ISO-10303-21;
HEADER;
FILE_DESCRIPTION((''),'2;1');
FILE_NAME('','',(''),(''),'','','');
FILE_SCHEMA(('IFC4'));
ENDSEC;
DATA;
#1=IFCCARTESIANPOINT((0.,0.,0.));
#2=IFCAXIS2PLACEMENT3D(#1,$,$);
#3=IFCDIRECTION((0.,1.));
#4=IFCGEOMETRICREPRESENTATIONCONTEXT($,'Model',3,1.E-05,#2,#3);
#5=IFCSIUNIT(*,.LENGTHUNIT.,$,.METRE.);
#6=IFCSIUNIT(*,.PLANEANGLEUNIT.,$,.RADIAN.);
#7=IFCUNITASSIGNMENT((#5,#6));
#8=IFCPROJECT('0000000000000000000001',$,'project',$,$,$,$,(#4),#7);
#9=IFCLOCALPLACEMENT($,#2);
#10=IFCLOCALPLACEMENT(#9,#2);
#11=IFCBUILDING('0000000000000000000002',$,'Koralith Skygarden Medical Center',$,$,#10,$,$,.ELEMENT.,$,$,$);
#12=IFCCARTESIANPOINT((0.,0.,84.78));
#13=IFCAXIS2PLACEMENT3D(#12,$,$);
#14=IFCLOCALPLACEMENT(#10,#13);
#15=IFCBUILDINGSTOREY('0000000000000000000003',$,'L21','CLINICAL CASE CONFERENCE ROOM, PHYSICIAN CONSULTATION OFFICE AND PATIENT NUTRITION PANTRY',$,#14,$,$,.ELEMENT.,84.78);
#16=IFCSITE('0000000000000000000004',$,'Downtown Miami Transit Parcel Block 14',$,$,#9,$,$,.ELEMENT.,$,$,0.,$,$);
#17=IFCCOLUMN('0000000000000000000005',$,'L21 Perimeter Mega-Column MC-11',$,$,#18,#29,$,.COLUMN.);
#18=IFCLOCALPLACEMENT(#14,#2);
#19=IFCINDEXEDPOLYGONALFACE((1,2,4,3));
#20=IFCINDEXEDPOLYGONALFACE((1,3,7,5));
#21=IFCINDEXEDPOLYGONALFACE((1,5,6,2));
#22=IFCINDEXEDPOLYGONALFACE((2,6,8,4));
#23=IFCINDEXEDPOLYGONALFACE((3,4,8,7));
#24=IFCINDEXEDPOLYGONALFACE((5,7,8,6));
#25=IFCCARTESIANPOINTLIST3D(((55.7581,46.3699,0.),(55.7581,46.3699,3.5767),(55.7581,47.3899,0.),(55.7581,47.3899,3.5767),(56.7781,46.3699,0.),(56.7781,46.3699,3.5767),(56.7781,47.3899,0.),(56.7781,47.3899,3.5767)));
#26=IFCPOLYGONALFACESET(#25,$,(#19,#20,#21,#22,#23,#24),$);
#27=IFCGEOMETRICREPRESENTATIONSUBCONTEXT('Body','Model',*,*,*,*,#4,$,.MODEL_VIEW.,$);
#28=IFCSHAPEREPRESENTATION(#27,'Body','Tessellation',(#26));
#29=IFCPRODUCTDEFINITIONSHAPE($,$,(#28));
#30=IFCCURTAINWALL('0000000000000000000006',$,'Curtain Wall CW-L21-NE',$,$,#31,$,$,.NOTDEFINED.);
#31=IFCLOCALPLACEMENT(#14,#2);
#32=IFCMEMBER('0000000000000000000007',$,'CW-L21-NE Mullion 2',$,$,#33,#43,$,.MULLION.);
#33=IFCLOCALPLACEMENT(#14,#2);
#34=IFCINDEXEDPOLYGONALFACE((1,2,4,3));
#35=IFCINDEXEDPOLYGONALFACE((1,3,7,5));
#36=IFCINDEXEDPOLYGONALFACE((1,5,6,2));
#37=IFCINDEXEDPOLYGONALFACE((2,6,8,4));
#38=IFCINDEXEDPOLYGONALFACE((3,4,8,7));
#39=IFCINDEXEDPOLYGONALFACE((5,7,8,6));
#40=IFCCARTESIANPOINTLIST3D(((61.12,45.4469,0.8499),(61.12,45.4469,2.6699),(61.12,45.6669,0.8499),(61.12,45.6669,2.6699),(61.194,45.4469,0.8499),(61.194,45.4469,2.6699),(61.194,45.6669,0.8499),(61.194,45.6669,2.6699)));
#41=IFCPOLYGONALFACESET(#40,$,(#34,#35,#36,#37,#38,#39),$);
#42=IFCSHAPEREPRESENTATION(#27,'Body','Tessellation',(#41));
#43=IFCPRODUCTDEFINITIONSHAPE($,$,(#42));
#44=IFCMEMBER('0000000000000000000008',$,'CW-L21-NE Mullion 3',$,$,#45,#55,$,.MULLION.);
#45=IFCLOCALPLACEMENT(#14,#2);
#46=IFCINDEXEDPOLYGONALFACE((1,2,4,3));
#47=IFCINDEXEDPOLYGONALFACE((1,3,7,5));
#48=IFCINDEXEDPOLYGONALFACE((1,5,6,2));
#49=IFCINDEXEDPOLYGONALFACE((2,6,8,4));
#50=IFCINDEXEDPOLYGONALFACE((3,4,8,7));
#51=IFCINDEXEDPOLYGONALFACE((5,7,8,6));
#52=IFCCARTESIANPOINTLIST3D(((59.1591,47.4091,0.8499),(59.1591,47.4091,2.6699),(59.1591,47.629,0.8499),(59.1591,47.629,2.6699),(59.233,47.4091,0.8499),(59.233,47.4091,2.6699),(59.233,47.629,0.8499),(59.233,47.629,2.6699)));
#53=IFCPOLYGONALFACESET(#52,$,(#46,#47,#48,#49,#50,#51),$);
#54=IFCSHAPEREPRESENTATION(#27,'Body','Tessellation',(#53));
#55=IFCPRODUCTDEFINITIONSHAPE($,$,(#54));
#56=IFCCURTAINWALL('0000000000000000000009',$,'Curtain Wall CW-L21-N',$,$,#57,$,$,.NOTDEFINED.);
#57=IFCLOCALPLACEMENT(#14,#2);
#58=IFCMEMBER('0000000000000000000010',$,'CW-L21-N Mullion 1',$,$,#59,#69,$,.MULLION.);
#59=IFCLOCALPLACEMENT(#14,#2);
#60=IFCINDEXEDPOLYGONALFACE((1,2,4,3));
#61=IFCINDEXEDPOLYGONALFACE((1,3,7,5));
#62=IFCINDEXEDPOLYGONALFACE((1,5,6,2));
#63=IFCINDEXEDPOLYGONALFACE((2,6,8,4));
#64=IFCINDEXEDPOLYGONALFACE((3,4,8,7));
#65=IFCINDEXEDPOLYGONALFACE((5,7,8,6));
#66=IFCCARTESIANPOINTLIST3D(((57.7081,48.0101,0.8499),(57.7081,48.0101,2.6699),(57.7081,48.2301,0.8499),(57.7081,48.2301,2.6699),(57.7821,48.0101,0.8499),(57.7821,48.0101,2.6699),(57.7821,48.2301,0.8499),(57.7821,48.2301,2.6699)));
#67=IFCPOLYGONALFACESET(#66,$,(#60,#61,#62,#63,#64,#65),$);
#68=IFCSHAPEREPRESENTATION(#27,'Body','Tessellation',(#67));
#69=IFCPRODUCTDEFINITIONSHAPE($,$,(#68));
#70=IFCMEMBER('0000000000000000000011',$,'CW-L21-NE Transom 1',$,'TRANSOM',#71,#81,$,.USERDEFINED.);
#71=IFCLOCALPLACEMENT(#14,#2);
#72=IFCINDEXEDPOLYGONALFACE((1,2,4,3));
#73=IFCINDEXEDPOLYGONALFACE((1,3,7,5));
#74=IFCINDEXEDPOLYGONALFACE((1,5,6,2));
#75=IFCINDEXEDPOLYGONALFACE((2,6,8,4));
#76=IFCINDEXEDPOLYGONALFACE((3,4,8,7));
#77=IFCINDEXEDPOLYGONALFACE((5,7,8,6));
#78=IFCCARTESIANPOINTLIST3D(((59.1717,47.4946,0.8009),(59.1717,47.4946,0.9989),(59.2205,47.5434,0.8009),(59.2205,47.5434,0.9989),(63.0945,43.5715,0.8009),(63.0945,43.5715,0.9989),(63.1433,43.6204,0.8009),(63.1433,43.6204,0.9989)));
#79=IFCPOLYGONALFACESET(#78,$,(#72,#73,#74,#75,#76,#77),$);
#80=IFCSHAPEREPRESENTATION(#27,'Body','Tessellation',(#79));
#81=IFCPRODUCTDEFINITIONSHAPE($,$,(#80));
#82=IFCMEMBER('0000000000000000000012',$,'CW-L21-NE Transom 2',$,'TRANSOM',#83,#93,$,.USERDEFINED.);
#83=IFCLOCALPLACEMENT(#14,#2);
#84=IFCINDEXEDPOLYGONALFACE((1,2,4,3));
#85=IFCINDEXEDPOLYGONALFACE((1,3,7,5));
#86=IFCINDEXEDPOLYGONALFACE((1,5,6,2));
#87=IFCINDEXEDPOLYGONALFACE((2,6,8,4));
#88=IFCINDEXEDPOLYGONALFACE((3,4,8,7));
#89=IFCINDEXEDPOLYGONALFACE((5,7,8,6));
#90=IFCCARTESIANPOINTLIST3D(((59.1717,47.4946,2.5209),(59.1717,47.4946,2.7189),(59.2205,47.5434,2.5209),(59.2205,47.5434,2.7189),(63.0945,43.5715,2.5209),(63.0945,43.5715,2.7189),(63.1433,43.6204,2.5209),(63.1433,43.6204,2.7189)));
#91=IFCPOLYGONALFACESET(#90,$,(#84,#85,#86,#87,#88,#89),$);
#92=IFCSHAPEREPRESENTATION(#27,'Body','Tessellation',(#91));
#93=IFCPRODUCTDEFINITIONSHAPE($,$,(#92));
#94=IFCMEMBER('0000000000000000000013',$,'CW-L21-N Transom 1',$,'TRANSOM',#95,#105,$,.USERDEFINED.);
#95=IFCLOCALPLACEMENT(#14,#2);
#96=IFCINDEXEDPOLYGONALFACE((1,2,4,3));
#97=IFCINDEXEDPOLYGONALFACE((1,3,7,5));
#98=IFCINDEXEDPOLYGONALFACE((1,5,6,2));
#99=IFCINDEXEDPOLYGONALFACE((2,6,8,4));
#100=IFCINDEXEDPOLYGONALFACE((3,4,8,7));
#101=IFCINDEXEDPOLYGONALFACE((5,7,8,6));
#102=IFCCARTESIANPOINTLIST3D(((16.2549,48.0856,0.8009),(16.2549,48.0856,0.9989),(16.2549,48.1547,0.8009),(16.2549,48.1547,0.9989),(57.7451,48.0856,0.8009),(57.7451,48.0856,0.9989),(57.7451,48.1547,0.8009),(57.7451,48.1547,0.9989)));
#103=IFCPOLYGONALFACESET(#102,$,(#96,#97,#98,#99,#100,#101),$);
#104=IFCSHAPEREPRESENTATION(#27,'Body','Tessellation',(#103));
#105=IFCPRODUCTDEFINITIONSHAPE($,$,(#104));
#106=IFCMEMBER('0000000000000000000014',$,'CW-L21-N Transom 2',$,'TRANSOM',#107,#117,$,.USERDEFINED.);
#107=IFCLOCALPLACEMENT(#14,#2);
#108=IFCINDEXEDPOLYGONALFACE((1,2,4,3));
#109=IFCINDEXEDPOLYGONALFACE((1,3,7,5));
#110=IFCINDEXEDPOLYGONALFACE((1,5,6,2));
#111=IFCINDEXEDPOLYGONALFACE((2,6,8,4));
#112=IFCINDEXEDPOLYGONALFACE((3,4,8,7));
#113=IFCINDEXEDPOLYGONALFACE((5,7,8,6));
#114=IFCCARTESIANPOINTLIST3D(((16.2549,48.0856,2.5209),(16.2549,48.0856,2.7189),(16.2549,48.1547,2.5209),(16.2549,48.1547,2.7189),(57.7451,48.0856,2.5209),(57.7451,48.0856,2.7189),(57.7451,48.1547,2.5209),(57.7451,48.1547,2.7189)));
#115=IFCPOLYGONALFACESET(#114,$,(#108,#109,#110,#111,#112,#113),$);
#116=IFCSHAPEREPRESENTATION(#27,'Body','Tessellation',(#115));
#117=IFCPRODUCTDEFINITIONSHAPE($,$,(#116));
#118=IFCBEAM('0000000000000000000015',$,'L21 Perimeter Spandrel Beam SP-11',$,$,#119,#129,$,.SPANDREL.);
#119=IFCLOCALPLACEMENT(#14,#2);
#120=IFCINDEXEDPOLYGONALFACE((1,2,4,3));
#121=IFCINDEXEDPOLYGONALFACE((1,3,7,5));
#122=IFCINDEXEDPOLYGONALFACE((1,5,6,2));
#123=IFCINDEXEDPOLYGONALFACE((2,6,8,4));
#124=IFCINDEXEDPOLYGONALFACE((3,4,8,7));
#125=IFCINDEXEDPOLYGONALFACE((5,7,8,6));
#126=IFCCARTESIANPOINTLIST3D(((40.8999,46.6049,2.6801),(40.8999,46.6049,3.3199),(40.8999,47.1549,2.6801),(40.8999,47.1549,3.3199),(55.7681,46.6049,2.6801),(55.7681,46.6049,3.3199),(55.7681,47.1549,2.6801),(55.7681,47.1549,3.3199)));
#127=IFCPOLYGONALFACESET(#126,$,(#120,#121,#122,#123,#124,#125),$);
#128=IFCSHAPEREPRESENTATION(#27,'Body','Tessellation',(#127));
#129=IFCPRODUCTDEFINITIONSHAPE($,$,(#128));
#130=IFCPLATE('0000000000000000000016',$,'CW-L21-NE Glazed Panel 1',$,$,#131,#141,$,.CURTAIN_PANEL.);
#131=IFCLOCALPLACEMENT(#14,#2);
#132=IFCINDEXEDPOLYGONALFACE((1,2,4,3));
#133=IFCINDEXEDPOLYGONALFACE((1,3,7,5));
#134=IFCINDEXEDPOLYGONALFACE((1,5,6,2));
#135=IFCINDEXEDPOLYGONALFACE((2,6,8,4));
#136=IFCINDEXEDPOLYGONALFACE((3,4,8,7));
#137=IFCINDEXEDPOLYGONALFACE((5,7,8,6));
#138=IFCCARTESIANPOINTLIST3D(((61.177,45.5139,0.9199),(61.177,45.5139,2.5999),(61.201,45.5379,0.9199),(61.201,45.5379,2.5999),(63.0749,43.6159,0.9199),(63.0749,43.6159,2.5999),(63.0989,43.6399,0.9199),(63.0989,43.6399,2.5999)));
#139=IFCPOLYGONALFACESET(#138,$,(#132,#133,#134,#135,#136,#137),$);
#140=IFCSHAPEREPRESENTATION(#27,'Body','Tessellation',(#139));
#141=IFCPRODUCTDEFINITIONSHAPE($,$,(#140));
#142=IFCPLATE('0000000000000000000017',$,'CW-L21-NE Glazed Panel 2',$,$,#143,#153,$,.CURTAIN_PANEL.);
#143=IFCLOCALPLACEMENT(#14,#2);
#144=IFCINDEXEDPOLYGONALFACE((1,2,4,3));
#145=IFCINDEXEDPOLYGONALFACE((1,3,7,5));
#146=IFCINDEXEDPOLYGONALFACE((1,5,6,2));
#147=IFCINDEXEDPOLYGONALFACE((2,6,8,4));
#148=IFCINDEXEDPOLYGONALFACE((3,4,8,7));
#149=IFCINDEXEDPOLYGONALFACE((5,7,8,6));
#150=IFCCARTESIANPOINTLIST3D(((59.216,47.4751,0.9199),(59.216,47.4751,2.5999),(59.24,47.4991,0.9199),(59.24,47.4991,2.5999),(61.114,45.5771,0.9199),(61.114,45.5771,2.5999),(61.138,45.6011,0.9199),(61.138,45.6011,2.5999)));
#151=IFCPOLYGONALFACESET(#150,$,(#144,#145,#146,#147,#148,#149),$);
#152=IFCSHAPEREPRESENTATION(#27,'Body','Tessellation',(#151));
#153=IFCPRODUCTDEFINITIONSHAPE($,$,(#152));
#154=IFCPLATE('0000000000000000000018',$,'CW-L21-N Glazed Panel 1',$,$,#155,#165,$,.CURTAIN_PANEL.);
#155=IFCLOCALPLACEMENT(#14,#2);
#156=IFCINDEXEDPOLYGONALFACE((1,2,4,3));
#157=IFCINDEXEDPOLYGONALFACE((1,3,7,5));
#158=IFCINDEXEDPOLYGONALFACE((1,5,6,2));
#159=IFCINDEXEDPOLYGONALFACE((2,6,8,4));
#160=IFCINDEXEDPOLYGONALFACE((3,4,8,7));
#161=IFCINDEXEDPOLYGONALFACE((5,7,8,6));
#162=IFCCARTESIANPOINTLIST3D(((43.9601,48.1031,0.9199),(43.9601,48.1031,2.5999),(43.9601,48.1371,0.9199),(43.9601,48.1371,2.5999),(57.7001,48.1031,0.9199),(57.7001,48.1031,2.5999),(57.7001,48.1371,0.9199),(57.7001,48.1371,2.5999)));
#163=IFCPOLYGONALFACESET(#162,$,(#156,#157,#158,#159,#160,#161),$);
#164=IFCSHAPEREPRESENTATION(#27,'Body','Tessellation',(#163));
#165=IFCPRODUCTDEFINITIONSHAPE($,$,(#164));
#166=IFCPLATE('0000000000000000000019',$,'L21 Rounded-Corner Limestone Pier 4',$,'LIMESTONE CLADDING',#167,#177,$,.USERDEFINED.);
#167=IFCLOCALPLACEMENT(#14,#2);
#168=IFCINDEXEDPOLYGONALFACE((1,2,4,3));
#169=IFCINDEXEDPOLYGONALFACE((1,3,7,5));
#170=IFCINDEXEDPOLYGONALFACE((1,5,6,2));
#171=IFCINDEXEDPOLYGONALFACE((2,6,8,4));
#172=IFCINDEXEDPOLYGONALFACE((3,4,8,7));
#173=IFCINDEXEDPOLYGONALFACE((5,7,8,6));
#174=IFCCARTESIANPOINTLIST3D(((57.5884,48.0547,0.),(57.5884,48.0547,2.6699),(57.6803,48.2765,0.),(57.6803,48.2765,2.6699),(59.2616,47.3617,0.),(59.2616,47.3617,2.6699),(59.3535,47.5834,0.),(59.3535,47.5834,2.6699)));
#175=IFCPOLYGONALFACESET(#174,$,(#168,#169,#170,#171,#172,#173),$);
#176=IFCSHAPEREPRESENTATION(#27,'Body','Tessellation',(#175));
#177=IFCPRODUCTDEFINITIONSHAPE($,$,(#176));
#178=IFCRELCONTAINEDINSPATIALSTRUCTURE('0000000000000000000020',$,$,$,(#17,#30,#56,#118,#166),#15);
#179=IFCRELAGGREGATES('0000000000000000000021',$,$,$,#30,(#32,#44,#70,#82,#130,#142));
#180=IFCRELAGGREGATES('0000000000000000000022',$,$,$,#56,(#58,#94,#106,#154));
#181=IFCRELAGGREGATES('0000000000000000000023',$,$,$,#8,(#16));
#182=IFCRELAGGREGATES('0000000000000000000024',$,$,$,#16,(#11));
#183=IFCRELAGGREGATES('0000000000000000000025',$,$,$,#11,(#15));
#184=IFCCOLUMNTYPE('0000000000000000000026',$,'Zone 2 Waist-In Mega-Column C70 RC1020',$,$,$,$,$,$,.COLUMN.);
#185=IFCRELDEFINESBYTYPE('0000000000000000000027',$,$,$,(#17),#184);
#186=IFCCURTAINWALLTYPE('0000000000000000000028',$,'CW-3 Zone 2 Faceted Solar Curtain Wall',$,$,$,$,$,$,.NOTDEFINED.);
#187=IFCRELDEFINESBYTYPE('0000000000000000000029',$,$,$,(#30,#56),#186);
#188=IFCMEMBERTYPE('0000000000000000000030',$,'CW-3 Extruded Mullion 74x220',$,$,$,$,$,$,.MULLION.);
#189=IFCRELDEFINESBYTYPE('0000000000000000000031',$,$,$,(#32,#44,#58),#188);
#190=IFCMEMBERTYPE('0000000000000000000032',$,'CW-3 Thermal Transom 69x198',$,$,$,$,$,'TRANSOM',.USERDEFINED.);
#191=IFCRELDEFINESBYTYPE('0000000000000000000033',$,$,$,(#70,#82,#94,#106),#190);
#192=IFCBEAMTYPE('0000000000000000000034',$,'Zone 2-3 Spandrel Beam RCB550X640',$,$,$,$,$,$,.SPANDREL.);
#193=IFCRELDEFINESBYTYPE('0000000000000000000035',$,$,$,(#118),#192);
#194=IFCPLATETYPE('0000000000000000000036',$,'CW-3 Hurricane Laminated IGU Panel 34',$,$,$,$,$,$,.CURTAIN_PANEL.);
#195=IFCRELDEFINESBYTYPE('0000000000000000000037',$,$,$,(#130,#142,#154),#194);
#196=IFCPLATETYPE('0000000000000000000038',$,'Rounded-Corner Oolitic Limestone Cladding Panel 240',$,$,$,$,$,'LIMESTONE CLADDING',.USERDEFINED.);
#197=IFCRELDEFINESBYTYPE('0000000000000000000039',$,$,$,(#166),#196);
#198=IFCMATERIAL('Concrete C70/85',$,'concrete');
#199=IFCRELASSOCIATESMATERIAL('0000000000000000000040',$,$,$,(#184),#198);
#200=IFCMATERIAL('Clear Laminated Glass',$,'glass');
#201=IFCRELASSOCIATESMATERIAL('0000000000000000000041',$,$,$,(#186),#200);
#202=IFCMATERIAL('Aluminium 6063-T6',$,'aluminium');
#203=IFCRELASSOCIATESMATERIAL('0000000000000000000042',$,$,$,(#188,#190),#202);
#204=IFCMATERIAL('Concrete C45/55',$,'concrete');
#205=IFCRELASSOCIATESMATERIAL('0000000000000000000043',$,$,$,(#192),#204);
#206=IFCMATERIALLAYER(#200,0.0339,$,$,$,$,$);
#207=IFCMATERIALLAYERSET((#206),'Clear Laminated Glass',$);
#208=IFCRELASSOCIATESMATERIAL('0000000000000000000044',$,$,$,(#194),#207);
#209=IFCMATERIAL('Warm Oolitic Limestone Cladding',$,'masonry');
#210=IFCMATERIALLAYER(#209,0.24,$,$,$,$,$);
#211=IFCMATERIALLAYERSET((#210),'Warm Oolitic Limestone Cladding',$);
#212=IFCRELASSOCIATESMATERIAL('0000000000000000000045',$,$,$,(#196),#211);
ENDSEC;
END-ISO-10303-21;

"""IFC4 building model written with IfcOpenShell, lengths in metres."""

from ifc_helpers import new_model, si_unit, direction, frame, origin, origin_2d, place, context, subcontext, project, spatial, rectangle, extrude, material, layer, layer_set, material_profile, profile_set, type_object, element, aggregate, save


model = new_model("IFC4")

# Units and contexts
model_context = context("Model", 3, precision=1e-05, world=origin(), true_north=direction((0.0, 1.0)))
body_context = subcontext(model_context, "Body", "Model", "MODEL_VIEW")
ifc_project = project(units=[si_unit("LENGTHUNIT", "METRE"), si_unit("PLANEANGLEUNIT", "RADIAN")], contexts=[model_context])

# Site, building, storey
site_placement = place(None, origin())
site = spatial("IfcSite", under=ifc_project, at=site_placement, Name="Downtown Miami Transit Parcel Block 14", CompositionType="ELEMENT", RefElevation=0.0)
building_placement = place(site_placement, origin())
building = spatial("IfcBuilding", under=site, at=building_placement, Name="Koralith Skygarden Medical Center", CompositionType="ELEMENT")
storey_placement = place(building_placement, frame((0.0, 0.0, 84.78)))
storey = spatial("IfcBuildingStorey", under=building, at=storey_placement, Name="L21", Description="CLINICAL CASE CONFERENCE ROOM, PHYSICIAN CONSULTATION OFFICE AND PATIENT NUTRITION PANTRY", CompositionType="ELEMENT", Elevation=84.78)

# Column
ifc_material_1 = material(Name="Concrete C70/85", Category="concrete")
ifc_material_profile_1 = material_profile(ifc_material_1, rectangle(XDim=1.02, YDim=1.02, at=origin_2d()), Name="RC1020X1020")
ifc_profile_set_1 = profile_set([ifc_material_profile_1], Name="Concrete C70/85")
column_type = type_object("IfcColumnType", Name="Zone 2 Waist-In Mega-Column C70 RC1020", PredefinedType="COLUMN", material=ifc_profile_set_1)
column_placement = place(storey_placement, frame((56.2681, 46.8799, 0.0), z_axis=(0.0, 0.0, 1.0), x_axis=(1.0, 0.0, 0.0)))
element("IfcColumn", 1, at=column_placement, inside=storey, type_object=column_type, Name="L21 Perimeter Mega-Column MC-11", PredefinedType="COLUMN", context=body_context, shape_type="SweptSolid", body=[
    extrude(rectangle(XDim=1.02, YDim=1.02, at=origin_2d()), origin(), (0.0, 0.0, 1.0), 3.5767),
])

# Curtain wall, members
ifc_material_2 = material(Name="Clear Laminated Glass", Category="glass")
curtain_wall_type = type_object("IfcCurtainWallType", Name="CW-3 Zone 2 Faceted Solar Curtain Wall", PredefinedType="NOTDEFINED", material=ifc_material_2)
curtain_wall_1_placement = place(storey_placement, origin())
curtain_wall_1 = element("IfcCurtainWall", 2, at=curtain_wall_1_placement, inside=storey, type_object=curtain_wall_type, Name="Curtain Wall CW-L21-NE", PredefinedType="NOTDEFINED")
ifc_material_3 = material(Name="Aluminium 6063-T6", Category="aluminium")
ifc_material_profile_2 = material_profile(ifc_material_3, rectangle(XDim=0.074, YDim=0.22, at=origin_2d()), Name="MUL74X220")
ifc_profile_set_2 = profile_set([ifc_material_profile_2], Name="Aluminium 6063-T6")
member_type_1 = type_object("IfcMemberType", Name="CW-3 Extruded Mullion 74x220", PredefinedType="MULLION", material=ifc_profile_set_2)
member_1_placement = place(storey_placement, frame((61.157, 45.5569, 0.8499), z_axis=(0.0, 0.0, 1.0), x_axis=(1.0, 0.0, 0.0)))
member_1 = element("IfcMember", 3, at=member_1_placement, type_object=member_type_1, Name="CW-L21-NE Mullion 2", PredefinedType="MULLION", context=body_context, shape_type="SweptSolid", body=[
    extrude(rectangle(XDim=0.074, YDim=0.22, at=origin_2d()), origin(), (0.0, 0.0, 1.0), 1.8201),
])
member_2_placement = place(storey_placement, frame((59.196, 47.519, 0.8499), z_axis=(0.0, 0.0, 1.0), x_axis=(1.0, 0.0, 0.0)))
member_2 = element("IfcMember", 4, at=member_2_placement, type_object=member_type_1, Name="CW-L21-NE Mullion 3", PredefinedType="MULLION", context=body_context, shape_type="SweptSolid", body=[
    extrude(rectangle(XDim=0.074, YDim=0.22, at=origin_2d()), origin(), (0.0, 0.0, 1.0), 1.8201),
])

# Curtain wall, member
curtain_wall_2_placement = place(storey_placement, origin())
curtain_wall_2 = element("IfcCurtainWall", 5, at=curtain_wall_2_placement, inside=storey, type_object=curtain_wall_type, Name="Curtain Wall CW-L21-N", PredefinedType="NOTDEFINED")
member_3_placement = place(storey_placement, frame((57.7451, 48.1201, 0.8499), z_axis=(0.0, 0.0, 1.0), x_axis=(1.0, 0.0, 0.0)))
member_3 = element("IfcMember", 6, at=member_3_placement, type_object=member_type_1, Name="CW-L21-N Mullion 1", PredefinedType="MULLION", context=body_context, shape_type="SweptSolid", body=[
    extrude(rectangle(XDim=0.074, YDim=0.22, at=origin_2d()), origin(), (0.0, 0.0, 1.0), 1.8201),
])

# Members
ifc_material_profile_3 = material_profile(ifc_material_3, rectangle(XDim=0.0691, YDim=0.198, at=origin_2d()), Name="TRN69X198")
ifc_profile_set_3 = profile_set([ifc_material_profile_3], Name="Aluminium 6063-T6")
member_type_2 = type_object("IfcMemberType", Name="CW-3 Thermal Transom 69x198", ElementType="TRANSOM", PredefinedType="USERDEFINED", material=ifc_profile_set_3)
member_4_placement = place(storey_placement, frame((63.1189, 43.5959, 0.8999), z_axis=(-0.707085, 0.707129, 0.0), x_axis=(-0.707129, -0.707085, 0.0)))
member_4 = element("IfcMember", 7, at=member_4_placement, type_object=member_type_2, Name="CW-L21-NE Transom 1", ObjectType="TRANSOM", PredefinedType="USERDEFINED", context=body_context, shape_type="SweptSolid", body=[
    extrude(rectangle(XDim=0.0691, YDim=0.198, at=origin_2d()), origin(), (0.0, 0.0, 1.0), 5.5479),
])
member_5_placement = place(storey_placement, frame((63.1189, 43.5959, 2.6199), z_axis=(-0.707085, 0.707129, 0.0), x_axis=(-0.707129, -0.707085, 0.0)))
member_5 = element("IfcMember", 8, at=member_5_placement, type_object=member_type_2, Name="CW-L21-NE Transom 2", ObjectType="TRANSOM", PredefinedType="USERDEFINED", context=body_context, shape_type="SweptSolid", body=[
    extrude(rectangle(XDim=0.0691, YDim=0.198, at=origin_2d()), origin(), (0.0, 0.0, 1.0), 5.5479),
])
member_6_placement = place(storey_placement, frame((57.7451, 48.1201, 0.8999), z_axis=(-1.0, 0.0, 0.0), x_axis=(0.0, -1.0, 0.0)))
member_6 = element("IfcMember", 9, at=member_6_placement, type_object=member_type_2, Name="CW-L21-N Transom 1", ObjectType="TRANSOM", PredefinedType="USERDEFINED", context=body_context, shape_type="SweptSolid", body=[
    extrude(rectangle(XDim=0.0691, YDim=0.198, at=origin_2d()), origin(), (0.0, 0.0, 1.0), 41.4902),
])
member_7_placement = place(storey_placement, frame((57.7451, 48.1201, 2.6199), z_axis=(-1.0, 0.0, 0.0), x_axis=(0.0, -1.0, 0.0)))
member_7 = element("IfcMember", 10, at=member_7_placement, type_object=member_type_2, Name="CW-L21-N Transom 2", ObjectType="TRANSOM", PredefinedType="USERDEFINED", context=body_context, shape_type="SweptSolid", body=[
    extrude(rectangle(XDim=0.0691, YDim=0.198, at=origin_2d()), origin(), (0.0, 0.0, 1.0), 41.4902),
])

# Beam
ifc_material_4 = material(Name="Concrete C45/55", Category="concrete")
ifc_material_profile_4 = material_profile(ifc_material_4, rectangle(XDim=0.55, YDim=0.6399, at=origin_2d()), Name="RCB550X640")
ifc_profile_set_4 = profile_set([ifc_material_profile_4], Name="Concrete C45/55")
beam_type = type_object("IfcBeamType", Name="Zone 2-3 Spandrel Beam RCB550X640", PredefinedType="SPANDREL", material=ifc_profile_set_4)
beam_placement = place(storey_placement, frame((55.7681, 46.8799, 3.0), z_axis=(-1.0, 0.0, 0.0), x_axis=(0.0, -1.0, 0.0)))
element("IfcBeam", 11, at=beam_placement, inside=storey, type_object=beam_type, Name="L21 Perimeter Spandrel Beam SP-11", PredefinedType="SPANDREL", context=body_context, shape_type="SweptSolid", body=[
    extrude(rectangle(XDim=0.55, YDim=0.6399, at=origin_2d()), origin(), (0.0, 0.0, 1.0), 14.8682),
])

# Plates
ifc_layer_1 = layer(ifc_material_2, 0.0339)
ifc_layer_set_1 = layer_set([ifc_layer_1], Name="Clear Laminated Glass")
plate_type_1 = type_object("IfcPlateType", Name="CW-3 Hurricane Laminated IGU Panel 34", PredefinedType="CURTAIN_PANEL", material=ifc_layer_set_1)
plate_1_placement = place(storey_placement, frame((62.1379, 44.5769, 0.9199), z_axis=(0.0, 0.0, 1.0), x_axis=(-0.707107, 0.707107, 0.0)))
plate_1 = element("IfcPlate", 12, at=plate_1_placement, type_object=plate_type_1, Name="CW-L21-NE Glazed Panel 1", PredefinedType="CURTAIN_PANEL", context=body_context, shape_type="SweptSolid", body=[
    extrude(rectangle(XDim=2.6841, YDim=0.0339, at=origin_2d()), origin(), (0.0, 0.0, 1.0), 1.6799),
])
plate_2_placement = place(storey_placement, frame((60.177, 46.5381, 0.9199), z_axis=(0.0, 0.0, 1.0), x_axis=(-0.707107, 0.707107, 0.0)))
plate_2 = element("IfcPlate", 13, at=plate_2_placement, type_object=plate_type_1, Name="CW-L21-NE Glazed Panel 2", PredefinedType="CURTAIN_PANEL", context=body_context, shape_type="SweptSolid", body=[
    extrude(rectangle(XDim=2.6841, YDim=0.0339, at=origin_2d()), origin(), (0.0, 0.0, 1.0), 1.6799),
])
aggregate(curtain_wall_1, [member_1, member_2, member_4, member_5, plate_1, plate_2])
plate_3_placement = place(storey_placement, frame((50.8301, 48.1201, 0.9199), z_axis=(0.0, 0.0, 1.0), x_axis=(-1.0, 0.0, 0.0)))
plate_3 = element("IfcPlate", 14, at=plate_3_placement, type_object=plate_type_1, Name="CW-L21-N Glazed Panel 1", PredefinedType="CURTAIN_PANEL", context=body_context, shape_type="SweptSolid", body=[
    extrude(rectangle(XDim=13.74, YDim=0.0339, at=origin_2d()), origin(), (0.0, 0.0, 1.0), 1.6799),
])
aggregate(curtain_wall_2, [member_3, member_6, member_7, plate_3])
ifc_material_5 = material(Name="Warm Oolitic Limestone Cladding", Category="masonry")
ifc_layer_2 = layer(ifc_material_5, 0.24)
ifc_layer_set_2 = layer_set([ifc_layer_2], Name="Warm Oolitic Limestone Cladding")
plate_type_2 = type_object("IfcPlateType", Name="Rounded-Corner Oolitic Limestone Cladding Panel 240", ElementType="LIMESTONE CLADDING", PredefinedType="USERDEFINED", material=ifc_layer_set_2)
plate_4_placement = place(storey_placement, frame((58.4709, 47.8191, 0.0), z_axis=(0.0, 0.0, 1.0), x_axis=(-0.923885, 0.382671, 0.0)))
element("IfcPlate", 15, at=plate_4_placement, inside=storey, type_object=plate_type_2, Name="L21 Rounded-Corner Limestone Pier 4", ObjectType="LIMESTONE CLADDING", PredefinedType="USERDEFINED", context=body_context, shape_type="SweptSolid", body=[
    extrude(rectangle(XDim=1.811, YDim=0.24, at=origin_2d()), origin(), (0.0, 0.0, 1.0), 2.6699),
])

save(model, "model.ifc")
